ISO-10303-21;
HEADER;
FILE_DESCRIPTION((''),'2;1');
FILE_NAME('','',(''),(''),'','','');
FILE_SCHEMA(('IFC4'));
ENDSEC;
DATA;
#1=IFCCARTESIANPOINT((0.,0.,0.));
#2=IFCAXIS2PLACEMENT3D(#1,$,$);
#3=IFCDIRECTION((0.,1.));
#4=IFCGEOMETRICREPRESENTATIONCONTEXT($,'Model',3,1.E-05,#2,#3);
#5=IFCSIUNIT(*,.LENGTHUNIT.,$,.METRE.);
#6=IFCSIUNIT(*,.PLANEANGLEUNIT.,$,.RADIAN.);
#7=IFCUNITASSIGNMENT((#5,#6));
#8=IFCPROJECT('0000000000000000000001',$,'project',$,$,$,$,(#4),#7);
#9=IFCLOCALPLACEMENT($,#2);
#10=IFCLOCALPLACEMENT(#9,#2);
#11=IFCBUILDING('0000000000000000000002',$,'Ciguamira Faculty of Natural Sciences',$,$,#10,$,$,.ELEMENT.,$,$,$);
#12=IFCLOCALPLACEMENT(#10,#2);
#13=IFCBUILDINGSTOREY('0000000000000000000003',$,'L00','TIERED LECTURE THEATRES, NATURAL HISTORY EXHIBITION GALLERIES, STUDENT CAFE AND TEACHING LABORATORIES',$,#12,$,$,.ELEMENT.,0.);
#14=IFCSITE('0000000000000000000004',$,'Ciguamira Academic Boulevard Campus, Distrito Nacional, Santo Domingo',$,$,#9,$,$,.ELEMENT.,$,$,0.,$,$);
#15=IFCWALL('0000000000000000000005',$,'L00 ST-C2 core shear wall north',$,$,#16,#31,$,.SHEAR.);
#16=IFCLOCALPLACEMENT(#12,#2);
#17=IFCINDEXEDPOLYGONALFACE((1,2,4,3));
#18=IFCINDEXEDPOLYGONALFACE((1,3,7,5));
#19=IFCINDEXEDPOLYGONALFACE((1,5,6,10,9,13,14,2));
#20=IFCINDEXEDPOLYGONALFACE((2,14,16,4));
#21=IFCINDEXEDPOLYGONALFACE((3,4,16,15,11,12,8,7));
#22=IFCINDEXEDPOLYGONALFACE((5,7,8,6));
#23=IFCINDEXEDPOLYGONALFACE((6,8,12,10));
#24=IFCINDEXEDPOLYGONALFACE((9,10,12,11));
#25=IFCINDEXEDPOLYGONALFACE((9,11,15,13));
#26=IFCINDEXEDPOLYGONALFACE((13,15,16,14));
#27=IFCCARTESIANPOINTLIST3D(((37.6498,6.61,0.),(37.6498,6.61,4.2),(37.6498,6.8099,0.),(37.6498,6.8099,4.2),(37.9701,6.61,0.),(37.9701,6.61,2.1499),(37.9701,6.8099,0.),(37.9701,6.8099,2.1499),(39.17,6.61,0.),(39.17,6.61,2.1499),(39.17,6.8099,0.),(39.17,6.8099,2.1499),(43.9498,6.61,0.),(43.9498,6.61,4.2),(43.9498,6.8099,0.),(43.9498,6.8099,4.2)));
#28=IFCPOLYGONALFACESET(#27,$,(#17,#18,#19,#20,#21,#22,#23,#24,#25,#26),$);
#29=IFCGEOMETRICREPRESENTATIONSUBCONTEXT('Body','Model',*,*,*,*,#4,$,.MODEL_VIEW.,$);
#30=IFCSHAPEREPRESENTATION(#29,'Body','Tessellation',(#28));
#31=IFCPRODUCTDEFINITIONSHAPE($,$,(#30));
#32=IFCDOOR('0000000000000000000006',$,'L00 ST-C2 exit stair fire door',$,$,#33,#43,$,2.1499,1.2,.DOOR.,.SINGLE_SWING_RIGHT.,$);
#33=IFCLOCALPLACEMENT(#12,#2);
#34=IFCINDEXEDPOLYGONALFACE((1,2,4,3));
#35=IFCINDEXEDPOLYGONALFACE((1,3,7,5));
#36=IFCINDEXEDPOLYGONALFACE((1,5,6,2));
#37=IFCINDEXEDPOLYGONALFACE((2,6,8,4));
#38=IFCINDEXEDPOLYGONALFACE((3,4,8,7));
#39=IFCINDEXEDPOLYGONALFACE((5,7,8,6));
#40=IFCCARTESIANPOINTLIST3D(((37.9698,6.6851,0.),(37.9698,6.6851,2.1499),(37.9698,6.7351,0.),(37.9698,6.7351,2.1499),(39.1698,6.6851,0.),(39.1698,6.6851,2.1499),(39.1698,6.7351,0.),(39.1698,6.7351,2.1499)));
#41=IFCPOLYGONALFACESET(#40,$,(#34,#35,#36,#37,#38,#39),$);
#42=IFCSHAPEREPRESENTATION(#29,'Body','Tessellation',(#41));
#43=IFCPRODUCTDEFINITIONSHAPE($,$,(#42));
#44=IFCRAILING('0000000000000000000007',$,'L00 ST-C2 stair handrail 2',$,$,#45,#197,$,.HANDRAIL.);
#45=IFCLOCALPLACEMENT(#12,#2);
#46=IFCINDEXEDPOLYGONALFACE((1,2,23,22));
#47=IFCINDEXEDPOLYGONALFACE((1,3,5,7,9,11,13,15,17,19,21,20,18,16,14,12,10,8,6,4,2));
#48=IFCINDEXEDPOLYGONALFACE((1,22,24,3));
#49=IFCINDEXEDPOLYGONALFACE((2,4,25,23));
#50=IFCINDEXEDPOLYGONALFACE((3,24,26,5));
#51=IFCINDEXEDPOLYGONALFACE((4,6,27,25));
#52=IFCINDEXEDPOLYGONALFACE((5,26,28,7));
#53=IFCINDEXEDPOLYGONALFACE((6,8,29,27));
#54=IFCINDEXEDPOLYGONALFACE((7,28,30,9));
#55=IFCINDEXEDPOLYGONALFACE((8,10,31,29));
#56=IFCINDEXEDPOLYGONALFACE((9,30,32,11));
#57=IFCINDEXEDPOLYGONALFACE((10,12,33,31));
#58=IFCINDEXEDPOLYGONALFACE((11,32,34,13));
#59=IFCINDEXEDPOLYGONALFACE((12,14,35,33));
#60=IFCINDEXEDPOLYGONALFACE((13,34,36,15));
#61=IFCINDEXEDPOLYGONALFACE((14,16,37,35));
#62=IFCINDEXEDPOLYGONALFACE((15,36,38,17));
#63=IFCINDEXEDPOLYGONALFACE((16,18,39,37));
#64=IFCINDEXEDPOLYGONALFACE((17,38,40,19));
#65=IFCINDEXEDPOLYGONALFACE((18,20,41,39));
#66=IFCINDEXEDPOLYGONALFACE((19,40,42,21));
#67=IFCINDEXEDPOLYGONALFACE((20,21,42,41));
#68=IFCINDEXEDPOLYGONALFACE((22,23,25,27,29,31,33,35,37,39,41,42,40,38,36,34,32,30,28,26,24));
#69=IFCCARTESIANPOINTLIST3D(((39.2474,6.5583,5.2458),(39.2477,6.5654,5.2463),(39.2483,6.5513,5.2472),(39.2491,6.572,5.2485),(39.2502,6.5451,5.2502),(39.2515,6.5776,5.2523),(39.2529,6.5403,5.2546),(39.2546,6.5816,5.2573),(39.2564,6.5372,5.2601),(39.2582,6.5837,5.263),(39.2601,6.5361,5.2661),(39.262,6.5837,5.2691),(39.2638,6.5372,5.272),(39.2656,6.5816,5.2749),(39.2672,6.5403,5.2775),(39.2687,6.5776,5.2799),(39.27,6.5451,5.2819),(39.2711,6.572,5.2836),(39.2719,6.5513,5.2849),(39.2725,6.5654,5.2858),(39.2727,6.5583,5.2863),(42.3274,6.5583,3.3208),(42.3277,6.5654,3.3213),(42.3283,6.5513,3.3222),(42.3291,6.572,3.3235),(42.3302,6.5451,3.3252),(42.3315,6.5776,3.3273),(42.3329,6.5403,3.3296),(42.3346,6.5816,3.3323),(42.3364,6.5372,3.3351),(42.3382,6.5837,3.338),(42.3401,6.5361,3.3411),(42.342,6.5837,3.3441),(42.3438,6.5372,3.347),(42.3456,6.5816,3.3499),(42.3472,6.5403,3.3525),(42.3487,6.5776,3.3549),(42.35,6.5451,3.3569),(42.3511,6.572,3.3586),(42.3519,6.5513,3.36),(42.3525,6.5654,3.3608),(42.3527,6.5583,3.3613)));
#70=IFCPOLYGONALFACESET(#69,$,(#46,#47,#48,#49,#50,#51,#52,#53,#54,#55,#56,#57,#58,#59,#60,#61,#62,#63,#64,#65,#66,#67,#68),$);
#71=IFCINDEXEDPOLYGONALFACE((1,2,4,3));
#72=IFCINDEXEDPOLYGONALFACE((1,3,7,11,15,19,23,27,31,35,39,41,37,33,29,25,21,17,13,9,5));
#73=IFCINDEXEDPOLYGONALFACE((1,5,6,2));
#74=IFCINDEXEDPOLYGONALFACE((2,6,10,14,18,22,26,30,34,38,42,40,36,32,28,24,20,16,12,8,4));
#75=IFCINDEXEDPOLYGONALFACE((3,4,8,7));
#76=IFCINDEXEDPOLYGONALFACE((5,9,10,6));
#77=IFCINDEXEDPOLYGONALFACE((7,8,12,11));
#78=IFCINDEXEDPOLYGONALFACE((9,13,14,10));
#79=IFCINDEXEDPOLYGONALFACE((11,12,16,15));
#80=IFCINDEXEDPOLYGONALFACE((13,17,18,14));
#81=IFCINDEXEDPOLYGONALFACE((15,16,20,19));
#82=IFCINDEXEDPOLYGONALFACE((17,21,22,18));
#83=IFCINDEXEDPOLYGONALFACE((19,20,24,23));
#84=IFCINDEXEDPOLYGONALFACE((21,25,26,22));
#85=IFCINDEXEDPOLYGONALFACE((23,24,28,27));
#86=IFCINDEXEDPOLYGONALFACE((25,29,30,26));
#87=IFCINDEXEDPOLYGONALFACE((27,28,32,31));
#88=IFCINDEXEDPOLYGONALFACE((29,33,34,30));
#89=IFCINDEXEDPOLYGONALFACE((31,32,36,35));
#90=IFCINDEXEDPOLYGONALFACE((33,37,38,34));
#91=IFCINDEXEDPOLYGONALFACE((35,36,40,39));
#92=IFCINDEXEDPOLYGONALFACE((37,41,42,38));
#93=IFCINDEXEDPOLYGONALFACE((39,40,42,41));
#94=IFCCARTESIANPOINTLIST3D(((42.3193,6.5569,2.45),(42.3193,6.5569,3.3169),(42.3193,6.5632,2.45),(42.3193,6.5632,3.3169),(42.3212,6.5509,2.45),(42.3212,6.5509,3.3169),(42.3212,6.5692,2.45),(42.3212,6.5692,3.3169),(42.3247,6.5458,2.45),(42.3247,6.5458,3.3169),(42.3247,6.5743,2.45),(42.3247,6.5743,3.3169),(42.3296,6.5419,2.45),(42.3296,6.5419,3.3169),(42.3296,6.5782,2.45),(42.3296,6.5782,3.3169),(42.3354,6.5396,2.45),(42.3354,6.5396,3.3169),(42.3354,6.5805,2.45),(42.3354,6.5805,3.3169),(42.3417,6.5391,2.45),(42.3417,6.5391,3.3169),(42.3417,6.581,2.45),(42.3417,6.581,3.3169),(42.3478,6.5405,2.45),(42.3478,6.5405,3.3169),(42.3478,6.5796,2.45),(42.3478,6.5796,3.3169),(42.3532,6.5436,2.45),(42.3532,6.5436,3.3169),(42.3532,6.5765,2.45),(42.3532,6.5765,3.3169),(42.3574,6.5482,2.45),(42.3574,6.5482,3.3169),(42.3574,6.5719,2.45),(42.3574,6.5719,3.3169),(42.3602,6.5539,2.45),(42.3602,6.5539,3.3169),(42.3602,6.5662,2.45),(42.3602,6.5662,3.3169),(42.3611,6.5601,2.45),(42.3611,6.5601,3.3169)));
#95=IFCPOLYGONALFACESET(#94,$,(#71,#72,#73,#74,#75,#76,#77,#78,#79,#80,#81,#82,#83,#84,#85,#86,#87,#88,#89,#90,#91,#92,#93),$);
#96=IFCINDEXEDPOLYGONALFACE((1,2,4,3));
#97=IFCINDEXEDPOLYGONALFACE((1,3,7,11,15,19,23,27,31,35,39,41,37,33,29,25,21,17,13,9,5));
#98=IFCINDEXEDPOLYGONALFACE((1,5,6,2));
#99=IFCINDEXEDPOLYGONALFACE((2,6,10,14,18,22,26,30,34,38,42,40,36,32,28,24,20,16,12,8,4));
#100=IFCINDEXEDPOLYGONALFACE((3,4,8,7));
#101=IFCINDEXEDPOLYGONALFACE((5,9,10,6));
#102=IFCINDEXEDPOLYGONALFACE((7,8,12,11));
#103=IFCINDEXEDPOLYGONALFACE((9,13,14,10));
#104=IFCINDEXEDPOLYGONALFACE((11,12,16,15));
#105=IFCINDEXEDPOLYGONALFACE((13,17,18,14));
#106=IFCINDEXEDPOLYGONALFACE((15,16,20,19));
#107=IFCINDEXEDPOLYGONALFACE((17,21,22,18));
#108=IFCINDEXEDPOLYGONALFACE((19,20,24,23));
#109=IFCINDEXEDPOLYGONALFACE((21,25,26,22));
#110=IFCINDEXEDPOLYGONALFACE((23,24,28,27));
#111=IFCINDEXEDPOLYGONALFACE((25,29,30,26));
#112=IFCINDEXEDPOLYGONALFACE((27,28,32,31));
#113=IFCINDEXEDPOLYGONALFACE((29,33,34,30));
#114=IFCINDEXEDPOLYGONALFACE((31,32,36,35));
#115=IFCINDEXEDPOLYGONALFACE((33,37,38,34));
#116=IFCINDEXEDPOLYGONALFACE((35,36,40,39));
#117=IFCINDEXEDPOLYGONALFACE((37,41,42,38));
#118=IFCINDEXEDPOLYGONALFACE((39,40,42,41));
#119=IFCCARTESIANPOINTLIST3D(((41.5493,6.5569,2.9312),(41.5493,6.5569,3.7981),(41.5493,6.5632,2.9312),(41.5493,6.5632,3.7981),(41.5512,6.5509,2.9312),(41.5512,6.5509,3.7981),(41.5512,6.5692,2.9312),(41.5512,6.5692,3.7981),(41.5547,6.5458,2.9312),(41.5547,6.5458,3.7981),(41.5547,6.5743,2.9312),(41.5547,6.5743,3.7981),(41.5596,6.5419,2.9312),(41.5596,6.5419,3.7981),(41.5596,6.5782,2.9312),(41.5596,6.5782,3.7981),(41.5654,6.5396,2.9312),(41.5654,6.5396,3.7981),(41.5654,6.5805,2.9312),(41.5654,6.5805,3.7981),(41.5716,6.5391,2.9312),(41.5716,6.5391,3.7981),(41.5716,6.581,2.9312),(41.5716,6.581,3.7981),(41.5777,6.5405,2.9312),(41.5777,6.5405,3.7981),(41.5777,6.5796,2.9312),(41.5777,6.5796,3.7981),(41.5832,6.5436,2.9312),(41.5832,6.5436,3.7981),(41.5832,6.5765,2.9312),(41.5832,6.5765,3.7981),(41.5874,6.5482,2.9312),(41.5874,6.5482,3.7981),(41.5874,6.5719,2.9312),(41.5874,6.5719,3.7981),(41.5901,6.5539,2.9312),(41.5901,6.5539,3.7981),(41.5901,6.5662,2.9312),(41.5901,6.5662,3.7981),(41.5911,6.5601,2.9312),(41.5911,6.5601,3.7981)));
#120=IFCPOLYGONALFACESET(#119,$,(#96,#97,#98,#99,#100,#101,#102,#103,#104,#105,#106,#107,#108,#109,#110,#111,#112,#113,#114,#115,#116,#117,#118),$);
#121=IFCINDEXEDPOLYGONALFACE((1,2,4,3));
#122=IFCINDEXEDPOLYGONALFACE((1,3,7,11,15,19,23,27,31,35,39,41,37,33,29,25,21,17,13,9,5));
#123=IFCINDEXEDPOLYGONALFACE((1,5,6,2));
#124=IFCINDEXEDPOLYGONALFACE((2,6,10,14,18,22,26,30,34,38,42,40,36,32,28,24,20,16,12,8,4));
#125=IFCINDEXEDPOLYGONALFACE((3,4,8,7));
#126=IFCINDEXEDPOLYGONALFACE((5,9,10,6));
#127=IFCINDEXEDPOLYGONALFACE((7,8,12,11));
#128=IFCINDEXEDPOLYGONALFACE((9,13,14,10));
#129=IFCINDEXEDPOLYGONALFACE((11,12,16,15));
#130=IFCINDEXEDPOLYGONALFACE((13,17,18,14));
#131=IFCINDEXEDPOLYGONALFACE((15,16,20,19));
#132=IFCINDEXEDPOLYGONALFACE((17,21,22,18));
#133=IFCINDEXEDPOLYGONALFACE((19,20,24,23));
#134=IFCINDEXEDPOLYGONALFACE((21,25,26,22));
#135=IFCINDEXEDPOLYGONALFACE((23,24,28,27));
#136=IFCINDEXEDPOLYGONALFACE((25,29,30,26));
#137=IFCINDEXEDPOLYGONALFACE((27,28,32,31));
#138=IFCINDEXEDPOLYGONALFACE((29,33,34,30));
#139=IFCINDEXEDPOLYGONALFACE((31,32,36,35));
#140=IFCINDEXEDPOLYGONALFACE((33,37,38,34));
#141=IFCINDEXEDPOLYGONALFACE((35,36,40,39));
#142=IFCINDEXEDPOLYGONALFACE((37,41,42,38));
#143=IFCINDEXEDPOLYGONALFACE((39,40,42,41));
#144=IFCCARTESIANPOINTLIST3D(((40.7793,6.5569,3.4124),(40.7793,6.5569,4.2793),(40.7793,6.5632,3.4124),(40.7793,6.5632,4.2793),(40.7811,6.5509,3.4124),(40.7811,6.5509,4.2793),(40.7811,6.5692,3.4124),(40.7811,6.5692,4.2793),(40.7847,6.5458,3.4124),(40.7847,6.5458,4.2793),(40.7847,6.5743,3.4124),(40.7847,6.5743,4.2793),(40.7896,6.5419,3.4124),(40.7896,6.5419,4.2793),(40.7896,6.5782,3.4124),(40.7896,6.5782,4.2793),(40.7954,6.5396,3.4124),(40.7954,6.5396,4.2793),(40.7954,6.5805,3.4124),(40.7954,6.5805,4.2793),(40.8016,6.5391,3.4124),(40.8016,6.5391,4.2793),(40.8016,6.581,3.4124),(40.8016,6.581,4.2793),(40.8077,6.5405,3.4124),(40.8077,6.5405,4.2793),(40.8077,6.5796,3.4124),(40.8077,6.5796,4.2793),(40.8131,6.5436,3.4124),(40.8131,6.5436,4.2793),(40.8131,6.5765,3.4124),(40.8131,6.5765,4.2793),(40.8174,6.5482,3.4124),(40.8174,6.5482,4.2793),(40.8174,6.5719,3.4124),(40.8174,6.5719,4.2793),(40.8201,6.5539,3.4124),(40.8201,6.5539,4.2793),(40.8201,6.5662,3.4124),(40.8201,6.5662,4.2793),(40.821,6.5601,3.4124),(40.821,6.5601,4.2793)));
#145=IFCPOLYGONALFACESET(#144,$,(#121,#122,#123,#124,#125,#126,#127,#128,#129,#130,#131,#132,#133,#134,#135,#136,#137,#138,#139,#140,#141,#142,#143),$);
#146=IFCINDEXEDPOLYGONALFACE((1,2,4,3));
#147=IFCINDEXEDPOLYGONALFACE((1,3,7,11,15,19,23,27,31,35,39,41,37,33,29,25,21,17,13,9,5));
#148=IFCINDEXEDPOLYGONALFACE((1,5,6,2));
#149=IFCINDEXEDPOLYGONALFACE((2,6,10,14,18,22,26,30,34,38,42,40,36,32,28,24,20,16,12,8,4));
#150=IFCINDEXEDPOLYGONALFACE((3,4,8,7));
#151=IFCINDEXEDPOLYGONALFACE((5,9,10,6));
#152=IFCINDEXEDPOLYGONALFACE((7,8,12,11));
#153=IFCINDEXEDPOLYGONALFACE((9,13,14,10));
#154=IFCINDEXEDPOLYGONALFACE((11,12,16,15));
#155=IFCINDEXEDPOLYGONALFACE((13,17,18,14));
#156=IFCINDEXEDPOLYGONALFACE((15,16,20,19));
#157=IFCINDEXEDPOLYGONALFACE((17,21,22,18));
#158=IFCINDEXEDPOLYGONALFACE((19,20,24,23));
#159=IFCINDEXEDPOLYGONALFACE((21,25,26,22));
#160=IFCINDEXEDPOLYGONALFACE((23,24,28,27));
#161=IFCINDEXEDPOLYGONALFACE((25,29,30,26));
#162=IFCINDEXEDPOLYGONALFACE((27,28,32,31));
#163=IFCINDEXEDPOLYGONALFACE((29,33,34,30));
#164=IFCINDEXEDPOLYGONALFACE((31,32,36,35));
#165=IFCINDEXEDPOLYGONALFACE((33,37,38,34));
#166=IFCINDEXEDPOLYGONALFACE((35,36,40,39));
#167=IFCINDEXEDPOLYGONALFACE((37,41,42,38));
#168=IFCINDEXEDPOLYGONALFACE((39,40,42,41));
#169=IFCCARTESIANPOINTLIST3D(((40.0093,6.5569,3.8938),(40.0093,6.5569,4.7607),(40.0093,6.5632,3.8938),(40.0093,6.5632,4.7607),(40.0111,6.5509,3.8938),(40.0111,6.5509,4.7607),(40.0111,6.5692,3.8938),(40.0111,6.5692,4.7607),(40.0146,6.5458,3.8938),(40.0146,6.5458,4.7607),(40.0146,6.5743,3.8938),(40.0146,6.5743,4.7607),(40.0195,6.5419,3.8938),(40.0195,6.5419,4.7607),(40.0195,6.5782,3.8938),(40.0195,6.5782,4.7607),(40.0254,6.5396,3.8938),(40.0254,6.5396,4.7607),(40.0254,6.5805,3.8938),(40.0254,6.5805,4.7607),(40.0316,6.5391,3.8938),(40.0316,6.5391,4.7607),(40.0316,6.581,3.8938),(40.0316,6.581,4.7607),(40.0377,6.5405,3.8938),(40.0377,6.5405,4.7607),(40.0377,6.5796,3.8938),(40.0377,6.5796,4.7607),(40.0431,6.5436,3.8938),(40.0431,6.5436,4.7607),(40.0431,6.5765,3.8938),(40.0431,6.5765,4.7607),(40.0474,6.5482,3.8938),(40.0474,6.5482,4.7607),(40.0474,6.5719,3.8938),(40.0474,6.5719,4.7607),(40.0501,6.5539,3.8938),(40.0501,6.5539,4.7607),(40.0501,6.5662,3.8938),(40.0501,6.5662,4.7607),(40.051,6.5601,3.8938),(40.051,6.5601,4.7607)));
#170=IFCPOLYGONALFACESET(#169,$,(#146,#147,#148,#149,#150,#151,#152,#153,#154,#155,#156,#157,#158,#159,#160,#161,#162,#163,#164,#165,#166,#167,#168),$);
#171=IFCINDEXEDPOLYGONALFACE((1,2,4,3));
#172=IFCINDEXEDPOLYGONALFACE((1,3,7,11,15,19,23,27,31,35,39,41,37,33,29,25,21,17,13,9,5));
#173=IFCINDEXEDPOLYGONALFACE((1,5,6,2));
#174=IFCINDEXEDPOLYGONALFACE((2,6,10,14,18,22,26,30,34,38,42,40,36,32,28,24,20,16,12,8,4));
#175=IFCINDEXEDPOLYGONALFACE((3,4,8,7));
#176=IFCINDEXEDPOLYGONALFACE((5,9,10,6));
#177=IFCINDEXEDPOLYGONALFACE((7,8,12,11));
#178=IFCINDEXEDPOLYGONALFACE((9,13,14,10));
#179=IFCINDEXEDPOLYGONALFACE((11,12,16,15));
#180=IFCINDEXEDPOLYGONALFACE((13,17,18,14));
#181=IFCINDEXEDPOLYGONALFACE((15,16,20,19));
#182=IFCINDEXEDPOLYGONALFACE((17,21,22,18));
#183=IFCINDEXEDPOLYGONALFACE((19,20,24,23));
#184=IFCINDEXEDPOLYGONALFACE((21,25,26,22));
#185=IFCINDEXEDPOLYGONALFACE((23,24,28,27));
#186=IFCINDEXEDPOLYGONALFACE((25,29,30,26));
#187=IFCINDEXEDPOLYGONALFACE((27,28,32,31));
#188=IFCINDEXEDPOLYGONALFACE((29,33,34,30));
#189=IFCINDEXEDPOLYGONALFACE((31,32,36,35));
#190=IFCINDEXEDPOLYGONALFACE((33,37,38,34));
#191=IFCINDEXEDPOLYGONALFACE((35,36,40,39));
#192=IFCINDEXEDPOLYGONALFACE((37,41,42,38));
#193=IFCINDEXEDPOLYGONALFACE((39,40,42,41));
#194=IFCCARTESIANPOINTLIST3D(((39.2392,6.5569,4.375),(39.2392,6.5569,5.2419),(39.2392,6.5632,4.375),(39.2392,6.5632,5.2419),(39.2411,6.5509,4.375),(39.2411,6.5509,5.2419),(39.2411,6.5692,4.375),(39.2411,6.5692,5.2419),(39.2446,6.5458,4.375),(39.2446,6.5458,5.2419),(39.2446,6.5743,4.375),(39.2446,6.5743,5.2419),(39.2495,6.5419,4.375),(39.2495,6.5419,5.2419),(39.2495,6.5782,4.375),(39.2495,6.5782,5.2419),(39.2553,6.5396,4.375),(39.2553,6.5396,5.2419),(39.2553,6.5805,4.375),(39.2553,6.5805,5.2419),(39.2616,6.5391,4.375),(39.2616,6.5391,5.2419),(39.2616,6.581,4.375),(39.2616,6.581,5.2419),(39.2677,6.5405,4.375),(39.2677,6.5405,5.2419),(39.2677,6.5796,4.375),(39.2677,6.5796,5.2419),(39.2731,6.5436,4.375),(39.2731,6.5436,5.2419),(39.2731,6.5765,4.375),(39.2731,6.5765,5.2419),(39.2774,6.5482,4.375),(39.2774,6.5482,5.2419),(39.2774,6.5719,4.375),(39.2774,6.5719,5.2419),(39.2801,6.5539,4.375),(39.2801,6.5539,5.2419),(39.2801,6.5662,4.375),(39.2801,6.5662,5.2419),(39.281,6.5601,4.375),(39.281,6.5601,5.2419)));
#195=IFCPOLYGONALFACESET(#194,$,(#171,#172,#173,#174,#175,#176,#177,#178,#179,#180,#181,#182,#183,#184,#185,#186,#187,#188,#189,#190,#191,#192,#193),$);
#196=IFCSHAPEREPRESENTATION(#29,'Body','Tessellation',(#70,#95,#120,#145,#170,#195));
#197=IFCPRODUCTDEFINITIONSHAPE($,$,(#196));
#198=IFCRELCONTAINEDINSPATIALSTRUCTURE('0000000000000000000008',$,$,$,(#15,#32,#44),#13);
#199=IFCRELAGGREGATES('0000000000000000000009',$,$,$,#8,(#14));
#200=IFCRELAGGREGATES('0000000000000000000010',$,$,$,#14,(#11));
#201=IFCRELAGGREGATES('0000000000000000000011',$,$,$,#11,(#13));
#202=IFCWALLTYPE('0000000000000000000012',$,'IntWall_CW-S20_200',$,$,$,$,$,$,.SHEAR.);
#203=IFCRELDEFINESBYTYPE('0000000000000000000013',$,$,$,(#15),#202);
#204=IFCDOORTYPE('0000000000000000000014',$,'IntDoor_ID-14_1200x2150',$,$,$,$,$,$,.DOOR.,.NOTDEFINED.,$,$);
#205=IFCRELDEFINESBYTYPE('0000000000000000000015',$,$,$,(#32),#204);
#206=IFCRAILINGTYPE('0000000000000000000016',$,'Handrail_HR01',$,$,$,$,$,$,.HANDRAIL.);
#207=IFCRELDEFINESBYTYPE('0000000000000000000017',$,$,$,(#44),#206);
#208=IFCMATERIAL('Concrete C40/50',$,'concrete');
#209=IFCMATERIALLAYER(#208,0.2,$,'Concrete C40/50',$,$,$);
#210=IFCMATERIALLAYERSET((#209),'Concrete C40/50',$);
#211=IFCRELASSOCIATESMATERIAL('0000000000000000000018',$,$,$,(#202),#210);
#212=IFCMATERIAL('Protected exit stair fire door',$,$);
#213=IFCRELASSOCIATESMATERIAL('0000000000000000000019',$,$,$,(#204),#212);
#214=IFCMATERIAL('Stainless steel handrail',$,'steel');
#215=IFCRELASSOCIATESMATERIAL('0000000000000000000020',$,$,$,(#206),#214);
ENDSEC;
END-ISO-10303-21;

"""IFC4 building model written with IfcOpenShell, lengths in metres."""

from ifc_helpers import new_model, si_unit, direction, frame, frame_2d, origin, origin_2d, place, context, subcontext, project, spatial, rectangle, circle, extrude, material, layer, layer_set, type_object, element, fill, save


model = new_model("IFC4")

# Units and contexts
model_context = context("Model", 3, precision=1e-05, world=origin(), true_north=direction((0.0, 1.0)))
body_context = subcontext(model_context, "Body", "Model", "MODEL_VIEW")
ifc_project = project(units=[si_unit("LENGTHUNIT", "METRE"), si_unit("PLANEANGLEUNIT", "RADIAN")], contexts=[model_context])

# Site, building, storey
site_placement = place(None, origin())
site = spatial("IfcSite", under=ifc_project, at=site_placement, Name="Ciguamira Academic Boulevard Campus, Distrito Nacional, Santo Domingo", CompositionType="ELEMENT", RefElevation=0.0)
building_placement = place(site_placement, origin())
building = spatial("IfcBuilding", under=site, at=building_placement, Name="Ciguamira Faculty of Natural Sciences", CompositionType="ELEMENT")
storey_placement = place(building_placement, origin())
storey = spatial("IfcBuildingStorey", under=building, at=storey_placement, Name="L00", Description="TIERED LECTURE THEATRES, NATURAL HISTORY EXHIBITION GALLERIES, STUDENT CAFE AND TEACHING LABORATORIES", CompositionType="ELEMENT", Elevation=0.0)

# Shared definitions
ifc_material_1 = material(Name="Concrete C40/50", Category="concrete")

# Wall, opening, door
ifc_layer = layer(ifc_material_1, 0.2, Name="Concrete C40/50")
ifc_layer_set = layer_set([ifc_layer], Name="Concrete C40/50")
wall_type = type_object("IfcWallType", Name="IntWall_CW-S20_200", PredefinedType="SHEAR", material=ifc_layer_set)
wall_placement = place(storey_placement, frame((37.6499, 6.71, 0.0), z_axis=(0.0, 0.0, 1.0), x_axis=(1.0, 0.0, 0.0)))
wall = element("IfcWall", 1, at=wall_placement, inside=storey, type_object=wall_type, Name="L00 ST-C2 core shear wall north", PredefinedType="SHEAR", context=body_context, shape_type="SweptSolid", body=[
    extrude(rectangle(XDim=6.3, YDim=0.2, at=frame_2d((3.1499, 0.0))), origin(), (0.0, 0.0, 1.0), 4.2),
])
opening_placement = place(wall_placement, frame((0.3201, 0.0, 0.0)))
opening = element("IfcOpeningElement", 2, at=opening_placement, cuts=wall, PredefinedType="OPENING", context=body_context, shape_type="SweptSolid", body=[
    extrude(rectangle(XDim=1.2, YDim=2.1499, at=frame_2d((0.6001, 1.075))), frame((0.0, 0.1099, 0.0), z_axis=(0.0, -1.0, 0.0), x_axis=(1.0, 0.0, 0.0)), (0.0, 0.0, 1.0), 0.22),
])
ifc_material_2 = material(Name="Protected exit stair fire door")
door_type = type_object("IfcDoorType", Name="IntDoor_ID-14_1200x2150", OperationType="NOTDEFINED", PredefinedType="DOOR", material=ifc_material_2)
door_placement = place(opening_placement, frame((1.2, 0.0, 0.0), z_axis=(0.0, 0.0, 1.0), x_axis=(-1.0, 0.0, 0.0)))
door = element("IfcDoor", 3, at=door_placement, inside=storey, type_object=door_type, Name="L00 ST-C2 exit stair fire door", OperationType="SINGLE_SWING_RIGHT", OverallHeight=2.1499, OverallWidth=1.2, PredefinedType="DOOR", context=body_context, shape_type="SweptSolid", body=[
    extrude(rectangle(XDim=1.2, YDim=2.1499, at=frame_2d((0.6001, 1.075))), frame((0.0, 0.0249, 0.0), z_axis=(0.0, -1.0, 0.0), x_axis=(1.0, 0.0, 0.0)), (0.0, 0.0, 1.0), 0.05),
])
fill(opening, door)

# Railing
ifc_material_3 = material(Name="Stainless steel handrail", Category="steel")
railing_type = type_object("IfcRailingType", Name="Handrail_HR01", PredefinedType="HANDRAIL", material=ifc_material_3)
railing_placement = place(storey_placement, frame((42.3401, 6.5601, 2.45)))
element("IfcRailing", 4, at=railing_placement, inside=storey, type_object=railing_type, Name="L00 ST-C2 stair handrail 2", PredefinedType="HANDRAIL", context=body_context, shape_type="SweptSolid", body=[
    extrude(circle(Radius=0.0239, at=origin_2d()), frame((0.0, 0.0, 0.8911), z_axis=(-0.847998, 0.0, 0.529999), x_axis=(0.0, -1.0, 0.0)), (0.0, 0.0, 1.0), 3.6321),
    extrude(circle(Radius=0.021, at=origin_2d()), origin(), (0.0, 0.0, 1.0), 0.8669),
    extrude(circle(Radius=0.021, at=origin_2d()), frame((-0.77, 0.0, 0.4812)), (0.0, 0.0, 1.0), 0.8669),
    extrude(circle(Radius=0.021, at=origin_2d()), frame((-1.54, 0.0, 0.9624)), (0.0, 0.0, 1.0), 0.8669),
    extrude(circle(Radius=0.021, at=origin_2d()), frame((-2.3101, 0.0, 1.4438)), (0.0, 0.0, 1.0), 0.8669),
    extrude(circle(Radius=0.021, at=origin_2d()), frame((-3.0801, 0.0, 1.925)), (0.0, 0.0, 1.0), 0.8669),
])

save(model, "model.ifc")
